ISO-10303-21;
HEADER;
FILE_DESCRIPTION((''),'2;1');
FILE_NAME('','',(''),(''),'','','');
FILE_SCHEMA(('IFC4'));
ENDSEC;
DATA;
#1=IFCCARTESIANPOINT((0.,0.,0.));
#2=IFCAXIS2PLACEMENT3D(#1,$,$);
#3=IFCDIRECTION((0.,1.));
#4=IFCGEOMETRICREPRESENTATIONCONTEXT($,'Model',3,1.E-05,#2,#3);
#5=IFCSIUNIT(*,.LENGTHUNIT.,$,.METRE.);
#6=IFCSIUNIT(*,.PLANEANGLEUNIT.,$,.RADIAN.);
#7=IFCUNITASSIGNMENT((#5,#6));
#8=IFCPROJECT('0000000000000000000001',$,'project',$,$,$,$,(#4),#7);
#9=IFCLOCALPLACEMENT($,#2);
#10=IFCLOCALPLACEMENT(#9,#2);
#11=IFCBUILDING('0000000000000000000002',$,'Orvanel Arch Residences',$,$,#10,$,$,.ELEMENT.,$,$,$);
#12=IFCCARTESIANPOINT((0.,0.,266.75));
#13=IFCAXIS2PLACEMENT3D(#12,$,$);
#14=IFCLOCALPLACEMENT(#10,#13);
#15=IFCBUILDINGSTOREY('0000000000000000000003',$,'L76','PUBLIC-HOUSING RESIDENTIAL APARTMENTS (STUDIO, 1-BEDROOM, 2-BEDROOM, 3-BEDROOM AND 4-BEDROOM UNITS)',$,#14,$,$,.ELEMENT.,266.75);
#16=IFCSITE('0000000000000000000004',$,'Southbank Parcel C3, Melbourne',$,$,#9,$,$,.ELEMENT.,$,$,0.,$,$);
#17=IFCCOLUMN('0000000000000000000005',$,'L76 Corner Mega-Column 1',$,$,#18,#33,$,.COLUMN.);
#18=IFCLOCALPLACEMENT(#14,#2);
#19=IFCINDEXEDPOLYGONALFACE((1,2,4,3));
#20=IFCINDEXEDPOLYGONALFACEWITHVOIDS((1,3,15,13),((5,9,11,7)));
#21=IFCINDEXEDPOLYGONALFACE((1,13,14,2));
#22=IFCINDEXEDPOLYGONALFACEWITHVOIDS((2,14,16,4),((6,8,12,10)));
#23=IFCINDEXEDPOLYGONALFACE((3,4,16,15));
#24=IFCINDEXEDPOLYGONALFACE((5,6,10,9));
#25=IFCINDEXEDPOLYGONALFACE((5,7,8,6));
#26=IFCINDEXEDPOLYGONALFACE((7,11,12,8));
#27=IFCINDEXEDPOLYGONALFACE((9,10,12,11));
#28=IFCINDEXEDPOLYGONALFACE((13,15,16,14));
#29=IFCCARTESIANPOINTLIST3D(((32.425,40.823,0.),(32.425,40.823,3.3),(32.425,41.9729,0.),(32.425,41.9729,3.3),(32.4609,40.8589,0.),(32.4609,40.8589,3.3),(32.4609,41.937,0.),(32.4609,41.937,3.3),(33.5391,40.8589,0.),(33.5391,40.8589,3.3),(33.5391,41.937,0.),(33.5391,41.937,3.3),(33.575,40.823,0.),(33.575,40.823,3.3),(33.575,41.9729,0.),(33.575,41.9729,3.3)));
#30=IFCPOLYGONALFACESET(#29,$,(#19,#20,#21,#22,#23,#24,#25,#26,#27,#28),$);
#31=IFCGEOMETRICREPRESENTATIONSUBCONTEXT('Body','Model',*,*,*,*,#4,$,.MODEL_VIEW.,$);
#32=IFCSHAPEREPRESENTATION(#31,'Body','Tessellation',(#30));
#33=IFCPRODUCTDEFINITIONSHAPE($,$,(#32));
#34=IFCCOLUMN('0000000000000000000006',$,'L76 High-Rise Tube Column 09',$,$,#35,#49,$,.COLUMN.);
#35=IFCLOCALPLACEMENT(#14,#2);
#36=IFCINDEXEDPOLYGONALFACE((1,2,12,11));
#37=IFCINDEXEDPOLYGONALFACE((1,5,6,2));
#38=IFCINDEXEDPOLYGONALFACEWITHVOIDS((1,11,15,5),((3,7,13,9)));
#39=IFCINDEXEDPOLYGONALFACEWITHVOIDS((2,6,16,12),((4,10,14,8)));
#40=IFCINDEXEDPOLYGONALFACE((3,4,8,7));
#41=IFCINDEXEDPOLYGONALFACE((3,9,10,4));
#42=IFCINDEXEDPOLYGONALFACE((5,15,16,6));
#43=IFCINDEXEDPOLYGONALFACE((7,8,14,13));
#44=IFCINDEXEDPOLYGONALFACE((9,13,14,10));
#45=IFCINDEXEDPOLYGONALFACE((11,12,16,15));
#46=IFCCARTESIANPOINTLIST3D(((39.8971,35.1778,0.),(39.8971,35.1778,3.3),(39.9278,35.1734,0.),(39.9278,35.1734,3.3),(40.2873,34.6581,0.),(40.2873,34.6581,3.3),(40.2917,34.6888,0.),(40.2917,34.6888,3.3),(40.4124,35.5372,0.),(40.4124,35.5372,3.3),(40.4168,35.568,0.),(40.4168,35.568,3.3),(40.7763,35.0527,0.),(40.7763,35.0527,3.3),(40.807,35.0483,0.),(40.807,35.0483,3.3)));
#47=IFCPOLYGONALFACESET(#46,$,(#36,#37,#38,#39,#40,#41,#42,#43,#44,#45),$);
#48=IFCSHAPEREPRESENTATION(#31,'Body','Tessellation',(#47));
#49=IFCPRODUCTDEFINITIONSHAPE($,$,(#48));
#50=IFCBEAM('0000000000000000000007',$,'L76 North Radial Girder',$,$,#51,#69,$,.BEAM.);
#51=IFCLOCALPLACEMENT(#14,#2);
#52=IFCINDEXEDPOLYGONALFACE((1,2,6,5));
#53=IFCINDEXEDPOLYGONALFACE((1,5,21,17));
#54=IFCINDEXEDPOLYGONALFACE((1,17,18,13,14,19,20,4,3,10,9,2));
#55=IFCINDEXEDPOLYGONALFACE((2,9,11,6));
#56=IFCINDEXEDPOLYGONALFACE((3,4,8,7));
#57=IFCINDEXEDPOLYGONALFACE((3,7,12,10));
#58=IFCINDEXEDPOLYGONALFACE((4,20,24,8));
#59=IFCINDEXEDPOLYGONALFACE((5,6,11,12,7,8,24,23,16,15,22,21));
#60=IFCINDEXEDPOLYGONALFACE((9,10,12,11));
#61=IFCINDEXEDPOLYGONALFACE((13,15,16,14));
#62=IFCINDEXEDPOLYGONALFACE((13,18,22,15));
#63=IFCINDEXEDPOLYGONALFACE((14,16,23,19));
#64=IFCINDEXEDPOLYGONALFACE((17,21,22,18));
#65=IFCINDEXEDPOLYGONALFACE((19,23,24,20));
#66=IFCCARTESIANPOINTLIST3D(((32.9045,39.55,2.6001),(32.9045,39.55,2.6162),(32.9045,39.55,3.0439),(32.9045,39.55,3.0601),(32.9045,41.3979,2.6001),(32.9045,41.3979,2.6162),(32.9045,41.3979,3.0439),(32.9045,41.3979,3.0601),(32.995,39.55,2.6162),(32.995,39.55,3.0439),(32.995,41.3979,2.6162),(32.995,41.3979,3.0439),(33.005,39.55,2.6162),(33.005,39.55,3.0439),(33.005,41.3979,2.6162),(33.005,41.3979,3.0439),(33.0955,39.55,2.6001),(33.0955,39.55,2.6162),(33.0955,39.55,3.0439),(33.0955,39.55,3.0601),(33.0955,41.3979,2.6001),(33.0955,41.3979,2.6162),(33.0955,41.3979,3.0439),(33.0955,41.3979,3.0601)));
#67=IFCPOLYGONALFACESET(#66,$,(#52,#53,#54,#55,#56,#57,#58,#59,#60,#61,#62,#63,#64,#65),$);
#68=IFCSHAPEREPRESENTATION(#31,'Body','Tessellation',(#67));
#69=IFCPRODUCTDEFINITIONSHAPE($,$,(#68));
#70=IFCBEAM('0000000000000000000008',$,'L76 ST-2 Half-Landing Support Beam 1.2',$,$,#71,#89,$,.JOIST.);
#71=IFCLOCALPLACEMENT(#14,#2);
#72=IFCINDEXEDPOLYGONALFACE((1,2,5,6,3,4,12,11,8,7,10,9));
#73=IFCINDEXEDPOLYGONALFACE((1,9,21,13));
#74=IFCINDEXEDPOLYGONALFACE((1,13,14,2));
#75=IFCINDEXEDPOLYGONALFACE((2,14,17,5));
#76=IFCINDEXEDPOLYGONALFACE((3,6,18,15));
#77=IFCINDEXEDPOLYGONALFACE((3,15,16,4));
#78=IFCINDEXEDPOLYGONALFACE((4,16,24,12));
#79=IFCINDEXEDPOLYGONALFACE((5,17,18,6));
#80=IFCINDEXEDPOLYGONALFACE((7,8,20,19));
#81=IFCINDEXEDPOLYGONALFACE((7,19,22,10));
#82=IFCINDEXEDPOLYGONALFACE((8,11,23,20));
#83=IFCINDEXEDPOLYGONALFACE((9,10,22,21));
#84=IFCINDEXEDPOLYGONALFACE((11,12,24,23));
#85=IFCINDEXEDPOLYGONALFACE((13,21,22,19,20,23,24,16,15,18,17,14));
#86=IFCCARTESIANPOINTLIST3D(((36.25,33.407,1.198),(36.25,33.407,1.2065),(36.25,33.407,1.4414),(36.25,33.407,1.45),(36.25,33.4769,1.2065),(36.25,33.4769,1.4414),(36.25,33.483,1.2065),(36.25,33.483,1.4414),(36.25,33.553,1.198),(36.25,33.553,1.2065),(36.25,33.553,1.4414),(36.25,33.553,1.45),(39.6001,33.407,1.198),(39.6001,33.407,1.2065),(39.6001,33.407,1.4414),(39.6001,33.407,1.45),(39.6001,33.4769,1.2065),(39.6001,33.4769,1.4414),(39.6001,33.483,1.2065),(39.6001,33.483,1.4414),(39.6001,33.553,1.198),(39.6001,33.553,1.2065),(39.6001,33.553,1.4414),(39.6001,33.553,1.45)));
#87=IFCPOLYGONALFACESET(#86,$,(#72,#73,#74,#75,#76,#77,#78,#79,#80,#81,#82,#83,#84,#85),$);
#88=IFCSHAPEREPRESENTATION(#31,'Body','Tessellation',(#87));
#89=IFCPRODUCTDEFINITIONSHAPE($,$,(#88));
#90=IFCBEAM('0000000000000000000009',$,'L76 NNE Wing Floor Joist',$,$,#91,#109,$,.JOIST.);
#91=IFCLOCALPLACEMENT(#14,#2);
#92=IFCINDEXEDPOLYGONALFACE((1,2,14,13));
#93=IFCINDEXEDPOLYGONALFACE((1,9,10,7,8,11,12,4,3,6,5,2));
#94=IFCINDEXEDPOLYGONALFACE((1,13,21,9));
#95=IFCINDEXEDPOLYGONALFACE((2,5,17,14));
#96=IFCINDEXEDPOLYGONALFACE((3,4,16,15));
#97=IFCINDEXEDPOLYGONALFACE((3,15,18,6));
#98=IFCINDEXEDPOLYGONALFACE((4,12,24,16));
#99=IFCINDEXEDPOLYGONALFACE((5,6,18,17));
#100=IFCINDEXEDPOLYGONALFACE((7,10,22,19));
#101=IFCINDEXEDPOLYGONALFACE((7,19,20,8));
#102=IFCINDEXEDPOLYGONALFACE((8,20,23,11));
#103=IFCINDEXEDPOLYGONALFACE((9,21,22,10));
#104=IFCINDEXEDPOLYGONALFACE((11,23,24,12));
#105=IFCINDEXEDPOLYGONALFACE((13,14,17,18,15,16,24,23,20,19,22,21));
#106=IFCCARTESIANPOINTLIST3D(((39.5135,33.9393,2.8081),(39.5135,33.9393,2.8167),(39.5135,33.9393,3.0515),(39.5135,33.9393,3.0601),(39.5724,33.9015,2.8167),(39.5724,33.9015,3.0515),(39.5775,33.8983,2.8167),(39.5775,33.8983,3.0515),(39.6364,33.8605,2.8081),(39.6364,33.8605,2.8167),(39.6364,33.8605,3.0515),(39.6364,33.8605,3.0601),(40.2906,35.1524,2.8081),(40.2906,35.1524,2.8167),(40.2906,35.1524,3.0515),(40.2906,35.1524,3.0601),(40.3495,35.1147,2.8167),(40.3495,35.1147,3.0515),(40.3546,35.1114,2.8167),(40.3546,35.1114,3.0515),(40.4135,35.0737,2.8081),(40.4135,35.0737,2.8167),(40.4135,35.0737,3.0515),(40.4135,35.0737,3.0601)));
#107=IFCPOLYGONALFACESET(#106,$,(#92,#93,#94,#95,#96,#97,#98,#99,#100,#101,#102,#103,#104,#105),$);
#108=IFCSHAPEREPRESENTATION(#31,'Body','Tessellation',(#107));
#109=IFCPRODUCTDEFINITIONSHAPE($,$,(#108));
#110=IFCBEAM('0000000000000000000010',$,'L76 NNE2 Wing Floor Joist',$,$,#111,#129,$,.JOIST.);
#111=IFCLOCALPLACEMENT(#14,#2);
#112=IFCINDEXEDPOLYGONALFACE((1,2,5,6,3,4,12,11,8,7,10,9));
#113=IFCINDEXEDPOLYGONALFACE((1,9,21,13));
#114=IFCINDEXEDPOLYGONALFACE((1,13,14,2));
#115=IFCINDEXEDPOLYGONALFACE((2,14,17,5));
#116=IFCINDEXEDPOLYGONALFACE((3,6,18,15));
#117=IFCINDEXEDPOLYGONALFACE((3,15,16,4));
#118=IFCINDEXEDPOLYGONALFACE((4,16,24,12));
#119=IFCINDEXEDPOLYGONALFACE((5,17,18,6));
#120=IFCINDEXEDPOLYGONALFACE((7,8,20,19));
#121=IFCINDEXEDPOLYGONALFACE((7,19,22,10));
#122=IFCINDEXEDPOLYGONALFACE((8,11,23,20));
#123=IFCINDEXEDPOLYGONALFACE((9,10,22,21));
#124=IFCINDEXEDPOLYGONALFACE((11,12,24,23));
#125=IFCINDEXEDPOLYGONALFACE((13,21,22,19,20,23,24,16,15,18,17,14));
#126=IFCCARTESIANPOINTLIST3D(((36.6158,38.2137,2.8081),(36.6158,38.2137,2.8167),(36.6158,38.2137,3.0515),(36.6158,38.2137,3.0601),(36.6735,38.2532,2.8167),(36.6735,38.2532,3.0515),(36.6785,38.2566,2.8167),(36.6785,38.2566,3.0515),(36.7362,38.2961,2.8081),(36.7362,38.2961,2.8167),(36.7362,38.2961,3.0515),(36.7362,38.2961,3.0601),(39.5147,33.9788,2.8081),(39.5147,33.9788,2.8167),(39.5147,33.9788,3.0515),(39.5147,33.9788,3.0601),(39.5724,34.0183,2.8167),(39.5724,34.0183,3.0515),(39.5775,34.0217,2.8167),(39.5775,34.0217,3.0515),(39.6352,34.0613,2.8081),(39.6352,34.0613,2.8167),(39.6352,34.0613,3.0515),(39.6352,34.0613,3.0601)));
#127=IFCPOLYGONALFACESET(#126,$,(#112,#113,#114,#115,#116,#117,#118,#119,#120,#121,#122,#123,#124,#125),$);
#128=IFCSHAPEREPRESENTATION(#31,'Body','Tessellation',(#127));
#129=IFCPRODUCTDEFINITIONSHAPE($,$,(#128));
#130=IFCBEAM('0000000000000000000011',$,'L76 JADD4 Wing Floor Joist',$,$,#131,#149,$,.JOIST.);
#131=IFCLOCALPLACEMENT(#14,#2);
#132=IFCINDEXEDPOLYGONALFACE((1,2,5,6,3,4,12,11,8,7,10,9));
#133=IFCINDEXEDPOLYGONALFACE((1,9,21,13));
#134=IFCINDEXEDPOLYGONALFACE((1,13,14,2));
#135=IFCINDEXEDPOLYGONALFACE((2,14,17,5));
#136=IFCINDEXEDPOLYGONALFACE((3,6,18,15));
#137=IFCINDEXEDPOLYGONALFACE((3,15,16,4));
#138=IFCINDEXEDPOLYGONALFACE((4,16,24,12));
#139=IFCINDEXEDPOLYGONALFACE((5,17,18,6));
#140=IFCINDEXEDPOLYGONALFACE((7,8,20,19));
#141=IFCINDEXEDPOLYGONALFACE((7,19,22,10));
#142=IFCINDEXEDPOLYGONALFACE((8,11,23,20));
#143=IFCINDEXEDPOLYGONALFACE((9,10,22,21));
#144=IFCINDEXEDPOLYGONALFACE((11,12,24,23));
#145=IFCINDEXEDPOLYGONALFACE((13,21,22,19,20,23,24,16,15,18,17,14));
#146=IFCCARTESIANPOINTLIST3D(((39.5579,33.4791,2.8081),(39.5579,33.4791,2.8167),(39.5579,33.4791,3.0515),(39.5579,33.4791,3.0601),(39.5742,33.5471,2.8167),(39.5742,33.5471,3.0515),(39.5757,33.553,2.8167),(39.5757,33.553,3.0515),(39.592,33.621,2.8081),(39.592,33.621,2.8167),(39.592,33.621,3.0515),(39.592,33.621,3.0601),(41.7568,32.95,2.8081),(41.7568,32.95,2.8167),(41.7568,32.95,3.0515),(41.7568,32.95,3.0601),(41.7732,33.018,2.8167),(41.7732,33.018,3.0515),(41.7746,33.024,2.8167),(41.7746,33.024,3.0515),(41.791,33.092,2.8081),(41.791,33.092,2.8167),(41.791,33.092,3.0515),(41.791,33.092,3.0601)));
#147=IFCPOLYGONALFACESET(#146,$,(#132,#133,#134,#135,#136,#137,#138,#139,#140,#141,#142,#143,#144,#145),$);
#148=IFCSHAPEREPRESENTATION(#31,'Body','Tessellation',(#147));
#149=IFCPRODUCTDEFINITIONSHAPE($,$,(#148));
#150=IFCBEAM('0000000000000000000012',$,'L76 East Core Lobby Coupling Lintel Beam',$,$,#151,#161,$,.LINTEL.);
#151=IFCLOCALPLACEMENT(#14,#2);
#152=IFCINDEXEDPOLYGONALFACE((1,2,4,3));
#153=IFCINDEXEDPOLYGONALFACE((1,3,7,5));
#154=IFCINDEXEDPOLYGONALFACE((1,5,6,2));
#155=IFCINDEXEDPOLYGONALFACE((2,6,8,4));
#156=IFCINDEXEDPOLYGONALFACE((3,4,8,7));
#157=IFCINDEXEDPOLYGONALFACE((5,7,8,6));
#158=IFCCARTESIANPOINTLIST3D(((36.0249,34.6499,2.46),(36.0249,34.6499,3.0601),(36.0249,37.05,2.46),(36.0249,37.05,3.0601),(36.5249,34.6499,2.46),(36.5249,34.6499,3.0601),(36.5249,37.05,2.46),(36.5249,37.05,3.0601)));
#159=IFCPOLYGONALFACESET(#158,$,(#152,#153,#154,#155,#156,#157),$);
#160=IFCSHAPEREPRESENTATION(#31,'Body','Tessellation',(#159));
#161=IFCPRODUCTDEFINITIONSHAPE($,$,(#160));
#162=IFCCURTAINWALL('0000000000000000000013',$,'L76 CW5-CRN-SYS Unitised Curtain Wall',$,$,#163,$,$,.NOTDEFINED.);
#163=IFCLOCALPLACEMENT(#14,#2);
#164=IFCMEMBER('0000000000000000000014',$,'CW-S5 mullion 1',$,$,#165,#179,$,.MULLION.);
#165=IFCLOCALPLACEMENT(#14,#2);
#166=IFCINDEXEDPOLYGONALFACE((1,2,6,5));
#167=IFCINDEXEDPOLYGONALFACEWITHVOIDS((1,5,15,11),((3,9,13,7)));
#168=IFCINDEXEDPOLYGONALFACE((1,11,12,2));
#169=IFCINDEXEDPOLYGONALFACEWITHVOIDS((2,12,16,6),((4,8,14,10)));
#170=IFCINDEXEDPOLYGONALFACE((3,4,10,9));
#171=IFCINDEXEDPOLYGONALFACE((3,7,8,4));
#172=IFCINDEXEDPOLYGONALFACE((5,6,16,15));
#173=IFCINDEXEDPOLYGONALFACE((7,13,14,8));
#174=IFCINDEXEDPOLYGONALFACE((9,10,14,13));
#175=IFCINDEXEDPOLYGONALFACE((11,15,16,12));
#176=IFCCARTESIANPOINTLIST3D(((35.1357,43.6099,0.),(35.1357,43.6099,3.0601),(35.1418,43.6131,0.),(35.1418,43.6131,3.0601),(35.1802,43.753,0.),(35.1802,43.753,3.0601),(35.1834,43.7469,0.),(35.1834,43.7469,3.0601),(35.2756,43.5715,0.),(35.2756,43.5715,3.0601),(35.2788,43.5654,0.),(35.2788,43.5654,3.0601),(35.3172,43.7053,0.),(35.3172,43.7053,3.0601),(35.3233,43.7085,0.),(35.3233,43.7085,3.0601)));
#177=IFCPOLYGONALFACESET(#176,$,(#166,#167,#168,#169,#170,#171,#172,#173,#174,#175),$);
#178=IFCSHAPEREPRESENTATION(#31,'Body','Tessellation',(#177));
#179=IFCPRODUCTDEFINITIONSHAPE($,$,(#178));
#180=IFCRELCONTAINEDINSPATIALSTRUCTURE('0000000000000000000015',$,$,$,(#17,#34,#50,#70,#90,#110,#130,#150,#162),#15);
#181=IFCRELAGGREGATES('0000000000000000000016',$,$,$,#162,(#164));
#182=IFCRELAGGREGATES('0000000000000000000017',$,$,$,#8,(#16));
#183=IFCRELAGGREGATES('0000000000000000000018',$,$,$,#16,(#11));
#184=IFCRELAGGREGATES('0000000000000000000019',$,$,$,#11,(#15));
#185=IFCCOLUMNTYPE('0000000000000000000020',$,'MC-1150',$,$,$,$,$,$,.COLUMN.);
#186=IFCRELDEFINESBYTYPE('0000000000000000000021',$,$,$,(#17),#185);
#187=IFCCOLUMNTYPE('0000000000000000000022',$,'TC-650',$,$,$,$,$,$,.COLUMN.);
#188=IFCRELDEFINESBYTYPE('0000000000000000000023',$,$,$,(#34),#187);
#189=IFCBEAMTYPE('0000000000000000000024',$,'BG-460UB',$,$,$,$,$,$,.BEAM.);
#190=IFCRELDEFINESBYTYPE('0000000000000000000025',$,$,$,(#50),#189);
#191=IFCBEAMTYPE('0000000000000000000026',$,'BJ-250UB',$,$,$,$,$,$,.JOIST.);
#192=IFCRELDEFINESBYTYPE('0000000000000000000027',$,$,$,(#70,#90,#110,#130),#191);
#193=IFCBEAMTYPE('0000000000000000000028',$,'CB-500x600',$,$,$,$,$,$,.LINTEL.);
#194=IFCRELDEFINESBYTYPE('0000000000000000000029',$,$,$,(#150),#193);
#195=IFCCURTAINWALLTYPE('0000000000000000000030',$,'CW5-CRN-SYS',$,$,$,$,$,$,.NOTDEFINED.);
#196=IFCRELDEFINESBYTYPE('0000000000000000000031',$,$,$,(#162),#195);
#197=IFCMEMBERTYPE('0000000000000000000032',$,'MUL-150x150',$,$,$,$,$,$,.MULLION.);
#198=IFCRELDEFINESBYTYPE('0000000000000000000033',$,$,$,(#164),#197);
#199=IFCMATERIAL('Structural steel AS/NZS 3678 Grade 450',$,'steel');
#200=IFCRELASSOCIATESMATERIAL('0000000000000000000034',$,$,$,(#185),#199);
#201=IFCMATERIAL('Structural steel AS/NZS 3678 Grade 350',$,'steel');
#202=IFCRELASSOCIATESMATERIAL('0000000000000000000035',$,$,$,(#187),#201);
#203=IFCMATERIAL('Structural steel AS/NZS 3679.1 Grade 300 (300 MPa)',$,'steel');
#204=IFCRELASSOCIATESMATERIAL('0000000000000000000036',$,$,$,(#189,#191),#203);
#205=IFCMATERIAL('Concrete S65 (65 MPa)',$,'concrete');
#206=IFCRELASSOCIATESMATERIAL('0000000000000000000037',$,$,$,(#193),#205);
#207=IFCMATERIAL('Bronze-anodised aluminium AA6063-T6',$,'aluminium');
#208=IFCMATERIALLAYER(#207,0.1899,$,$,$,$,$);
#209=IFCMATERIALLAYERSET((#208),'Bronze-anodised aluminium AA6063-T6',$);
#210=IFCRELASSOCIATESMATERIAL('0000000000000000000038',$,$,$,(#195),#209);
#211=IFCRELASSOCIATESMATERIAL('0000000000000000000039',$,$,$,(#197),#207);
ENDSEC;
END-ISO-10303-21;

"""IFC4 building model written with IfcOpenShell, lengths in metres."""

from ifc_helpers import new_model, si_unit, direction, frame, origin, origin_2d, place, context, subcontext, project, spatial, rectangle, hollow_rectangle, i_section, extrude, material, layer, layer_set, material_profile, profile_set, type_object, element, aggregate, save


model = new_model("IFC4")

# Units and contexts
model_context = context("Model", 3, precision=1e-05, world=origin(), true_north=direction((0.0, 1.0)))
body_context = subcontext(model_context, "Body", "Model", "MODEL_VIEW")
ifc_project = project(units=[si_unit("LENGTHUNIT", "METRE"), si_unit("PLANEANGLEUNIT", "RADIAN")], contexts=[model_context])

# Site, building, storey
site_placement = place(None, origin())
site = spatial("IfcSite", under=ifc_project, at=site_placement, Name="Southbank Parcel C3, Melbourne", CompositionType="ELEMENT", RefElevation=0.0)
building_placement = place(site_placement, origin())
building = spatial("IfcBuilding", under=site, at=building_placement, Name="Orvanel Arch Residences", CompositionType="ELEMENT")
storey_placement = place(building_placement, frame((0.0, 0.0, 266.75)))
storey = spatial("IfcBuildingStorey", under=building, at=storey_placement, Name="L76", Description="PUBLIC-HOUSING RESIDENTIAL APARTMENTS (STUDIO, 1-BEDROOM, 2-BEDROOM, 3-BEDROOM AND 4-BEDROOM UNITS)", CompositionType="ELEMENT", Elevation=266.75)

# Columns
ifc_material_1 = material(Name="Structural steel AS/NZS 3678 Grade 450", Category="steel")
ifc_material_profile_1 = material_profile(ifc_material_1, hollow_rectangle(XDim=1.1499, YDim=1.1499, WallThickness=0.0359, at=origin_2d()), Name="BOX1150x1150x36")
ifc_profile_set_1 = profile_set([ifc_material_profile_1], Name="Structural steel AS/NZS 3678 Grade 450")
column_type_1 = type_object("IfcColumnType", Name="MC-1150", PredefinedType="COLUMN", material=ifc_profile_set_1)
column_1_placement = place(storey_placement, frame((33.0, 41.3979, 0.0), z_axis=(0.0, 0.0, 1.0), x_axis=(1.0, 0.0, 0.0)))
element("IfcColumn", 1, at=column_1_placement, inside=storey, type_object=column_type_1, Name="L76 Corner Mega-Column 1", PredefinedType="COLUMN", context=body_context, shape_type="SweptSolid", body=[
    extrude(hollow_rectangle(XDim=1.1499, YDim=1.1499, WallThickness=0.0359, at=origin_2d()), origin(), (0.0, 0.0, 1.0), 3.3),
])
ifc_material_2 = material(Name="Structural steel AS/NZS 3678 Grade 350", Category="steel")
ifc_material_profile_2 = material_profile(ifc_material_2, hollow_rectangle(XDim=0.6499, YDim=0.6499, WallThickness=0.022, at=origin_2d()), Name="BOX650x650x22")
ifc_profile_set_2 = profile_set([ifc_material_profile_2], Name="Structural steel AS/NZS 3678 Grade 350")
column_type_2 = type_object("IfcColumnType", Name="TC-650", PredefinedType="COLUMN", material=ifc_profile_set_2)
column_2_placement = place(storey_placement, frame((40.3521, 35.113, 0.0), z_axis=(0.0, 0.0, 1.0), x_axis=(-0.60042, 0.799685, 0.0)))
element("IfcColumn", 2, at=column_2_placement, inside=storey, type_object=column_type_2, Name="L76 High-Rise Tube Column 09", PredefinedType="COLUMN", context=body_context, shape_type="SweptSolid", body=[
    extrude(hollow_rectangle(XDim=0.6499, YDim=0.6499, WallThickness=0.022, at=origin_2d()), origin(), (0.0, 0.0, 1.0), 3.3),
])

# Beams
ifc_material_3 = material(Name="Structural steel AS/NZS 3679.1 Grade 300 (300 MPa)", Category="steel")
ifc_material_profile_3 = material_profile(ifc_material_3, i_section(OverallWidth=0.1909, OverallDepth=0.46, WebThickness=0.01, FlangeThickness=0.0161, at=origin_2d()), Name="460UB82.1")
ifc_profile_set_3 = profile_set([ifc_material_profile_3], Name="Structural steel AS/NZS 3679.1 Grade 300 (300 MPa)")
beam_type_1 = type_object("IfcBeamType", Name="BG-460UB", PredefinedType="BEAM", material=ifc_profile_set_3)
beam_1_placement = place(storey_placement, frame((33.0, 39.55, 2.8301), z_axis=(0.0, 1.0, 0.0), x_axis=(-1.0, 0.0, 0.0)))
element("IfcBeam", 3, at=beam_1_placement, inside=storey, type_object=beam_type_1, Name="L76 North Radial Girder", PredefinedType="BEAM", context=body_context, shape_type="SweptSolid", body=[
    extrude(i_section(OverallWidth=0.1909, OverallDepth=0.46, WebThickness=0.01, FlangeThickness=0.0161, at=origin_2d()), origin(), (0.0, 0.0, 1.0), 1.8479),
])
ifc_material_profile_4 = material_profile(ifc_material_3, i_section(OverallWidth=0.146, OverallDepth=0.252, WebThickness=0.0061, FlangeThickness=0.0085, at=origin_2d()), Name="250UB31.4")
ifc_profile_set_4 = profile_set([ifc_material_profile_4], Name="Structural steel AS/NZS 3679.1 Grade 300 (300 MPa)")
beam_type_2 = type_object("IfcBeamType", Name="BJ-250UB", PredefinedType="JOIST", material=ifc_profile_set_4)
beam_2_placement = place(storey_placement, frame((36.25, 33.48, 1.324), z_axis=(1.0, 0.0, 0.0), x_axis=(0.0, 1.0, 0.0)))
element("IfcBeam", 4, at=beam_2_placement, inside=storey, type_object=beam_type_2, Name="L76 ST-2 Half-Landing Support Beam 1.2", PredefinedType="JOIST", context=body_context, shape_type="SweptSolid", body=[
    extrude(i_section(OverallWidth=0.146, OverallDepth=0.252, WebThickness=0.0061, FlangeThickness=0.0085, at=origin_2d()), origin(), (0.0, 0.0, 1.0), 3.3501),
])
beam_3_placement = place(storey_placement, frame((39.575, 33.8999, 2.9341), z_axis=(0.539395, 0.842053, 0.0), x_axis=(-0.842053, 0.539395, 0.0)))
element("IfcBeam", 5, at=beam_3_placement, inside=storey, type_object=beam_type_2, Name="L76 NNE Wing Floor Joist", PredefinedType="JOIST", context=body_context, shape_type="SweptSolid", body=[
    extrude(i_section(OverallWidth=0.146, OverallDepth=0.252, WebThickness=0.0061, FlangeThickness=0.0085, at=origin_2d()), origin(), (0.0, 0.0, 1.0), 1.4407),
])
beam_4_placement = place(storey_placement, frame((39.575, 34.02, 2.9341), z_axis=(-0.564868, 0.825181, 0.0), x_axis=(-0.825181, -0.564868, 0.0)))
element("IfcBeam", 6, at=beam_4_placement, inside=storey, type_object=beam_type_2, Name="L76 NNE2 Wing Floor Joist", PredefinedType="JOIST", context=body_context, shape_type="SweptSolid", body=[
    extrude(i_section(OverallWidth=0.146, OverallDepth=0.252, WebThickness=0.0061, FlangeThickness=0.0085, at=origin_2d()), origin(), (0.0, 0.0, 1.0), 5.1321),
])
beam_5_placement = place(storey_placement, frame((39.575, 33.55, 2.9341), z_axis=(0.972257, -0.233916, 0.0), x_axis=(0.233916, 0.972257, 0.0)))
element("IfcBeam", 7, at=beam_5_placement, inside=storey, type_object=beam_type_2, Name="L76 JADD4 Wing Floor Joist", PredefinedType="JOIST", context=body_context, shape_type="SweptSolid", body=[
    extrude(i_section(OverallWidth=0.146, OverallDepth=0.252, WebThickness=0.0061, FlangeThickness=0.0085, at=origin_2d()), origin(), (0.0, 0.0, 1.0), 2.2617),
])
ifc_material_4 = material(Name="Concrete S65 (65 MPa)", Category="concrete")
ifc_material_profile_5 = material_profile(ifc_material_4, rectangle(XDim=0.5, YDim=0.6001, at=origin_2d()), Name="RC500x600")
ifc_profile_set_5 = profile_set([ifc_material_profile_5], Name="Concrete S65 (65 MPa)")
beam_type_3 = type_object("IfcBeamType", Name="CB-500x600", PredefinedType="LINTEL", material=ifc_profile_set_5)
beam_6_placement = place(storey_placement, frame((36.2749, 34.6499, 2.76), z_axis=(0.0, 1.0, 0.0), x_axis=(-1.0, 0.0, 0.0)))
element("IfcBeam", 8, at=beam_6_placement, inside=storey, type_object=beam_type_3, Name="L76 East Core Lobby Coupling Lintel Beam", PredefinedType="LINTEL", context=body_context, shape_type="SweptSolid", body=[
    extrude(rectangle(XDim=0.5, YDim=0.6001, at=origin_2d()), origin(), (0.0, 0.0, 1.0), 2.4001),
])

# Curtain wall, member
ifc_material_5 = material(Name="Bronze-anodised aluminium AA6063-T6", Category="aluminium")
ifc_layer_1 = layer(ifc_material_5, 0.1899)
ifc_layer_set_1 = layer_set([ifc_layer_1], Name="Bronze-anodised aluminium AA6063-T6")
curtain_wall_type_1 = type_object("IfcCurtainWallType", Name="CW5-CRN-SYS", PredefinedType="NOTDEFINED", material=ifc_layer_set_1)
curtain_wall_1_placement = place(storey_placement, origin())
curtain_wall_1 = element("IfcCurtainWall", 9, at=curtain_wall_1_placement, inside=storey, type_object=curtain_wall_type_1, Name="L76 CW5-CRN-SYS Unitised Curtain Wall", PredefinedType="NOTDEFINED")
ifc_material_profile_6 = material_profile(ifc_material_5, hollow_rectangle(XDim=0.1499, YDim=0.1499, WallThickness=0.0049, at=origin_2d()), Name="ALU150x150x5")
ifc_profile_set_6 = profile_set([ifc_material_profile_6], Name="Bronze-anodised aluminium AA6063-T6")
member_type_1 = type_object("IfcMemberType", Name="MUL-150x150", PredefinedType="MULLION", material=ifc_profile_set_6)
member_1_placement = place(storey_placement, frame((35.2295, 43.6592, 0.0), z_axis=(0.0, 0.0, 1.0), x_axis=(-0.29694, -0.954896, 0.0)))
member_1 = element("IfcMember", 10, at=member_1_placement, type_object=member_type_1, Name="CW-S5 mullion 1", PredefinedType="MULLION", context=body_context, shape_type="SweptSolid", body=[
    extrude(hollow_rectangle(XDim=0.1499, YDim=0.1499, WallThickness=0.0049, at=origin_2d()), origin(), (0.0, 0.0, 1.0), 3.0601),
])

aggregate(curtain_wall_1, [member_1])

save(model, "model.ifc")
